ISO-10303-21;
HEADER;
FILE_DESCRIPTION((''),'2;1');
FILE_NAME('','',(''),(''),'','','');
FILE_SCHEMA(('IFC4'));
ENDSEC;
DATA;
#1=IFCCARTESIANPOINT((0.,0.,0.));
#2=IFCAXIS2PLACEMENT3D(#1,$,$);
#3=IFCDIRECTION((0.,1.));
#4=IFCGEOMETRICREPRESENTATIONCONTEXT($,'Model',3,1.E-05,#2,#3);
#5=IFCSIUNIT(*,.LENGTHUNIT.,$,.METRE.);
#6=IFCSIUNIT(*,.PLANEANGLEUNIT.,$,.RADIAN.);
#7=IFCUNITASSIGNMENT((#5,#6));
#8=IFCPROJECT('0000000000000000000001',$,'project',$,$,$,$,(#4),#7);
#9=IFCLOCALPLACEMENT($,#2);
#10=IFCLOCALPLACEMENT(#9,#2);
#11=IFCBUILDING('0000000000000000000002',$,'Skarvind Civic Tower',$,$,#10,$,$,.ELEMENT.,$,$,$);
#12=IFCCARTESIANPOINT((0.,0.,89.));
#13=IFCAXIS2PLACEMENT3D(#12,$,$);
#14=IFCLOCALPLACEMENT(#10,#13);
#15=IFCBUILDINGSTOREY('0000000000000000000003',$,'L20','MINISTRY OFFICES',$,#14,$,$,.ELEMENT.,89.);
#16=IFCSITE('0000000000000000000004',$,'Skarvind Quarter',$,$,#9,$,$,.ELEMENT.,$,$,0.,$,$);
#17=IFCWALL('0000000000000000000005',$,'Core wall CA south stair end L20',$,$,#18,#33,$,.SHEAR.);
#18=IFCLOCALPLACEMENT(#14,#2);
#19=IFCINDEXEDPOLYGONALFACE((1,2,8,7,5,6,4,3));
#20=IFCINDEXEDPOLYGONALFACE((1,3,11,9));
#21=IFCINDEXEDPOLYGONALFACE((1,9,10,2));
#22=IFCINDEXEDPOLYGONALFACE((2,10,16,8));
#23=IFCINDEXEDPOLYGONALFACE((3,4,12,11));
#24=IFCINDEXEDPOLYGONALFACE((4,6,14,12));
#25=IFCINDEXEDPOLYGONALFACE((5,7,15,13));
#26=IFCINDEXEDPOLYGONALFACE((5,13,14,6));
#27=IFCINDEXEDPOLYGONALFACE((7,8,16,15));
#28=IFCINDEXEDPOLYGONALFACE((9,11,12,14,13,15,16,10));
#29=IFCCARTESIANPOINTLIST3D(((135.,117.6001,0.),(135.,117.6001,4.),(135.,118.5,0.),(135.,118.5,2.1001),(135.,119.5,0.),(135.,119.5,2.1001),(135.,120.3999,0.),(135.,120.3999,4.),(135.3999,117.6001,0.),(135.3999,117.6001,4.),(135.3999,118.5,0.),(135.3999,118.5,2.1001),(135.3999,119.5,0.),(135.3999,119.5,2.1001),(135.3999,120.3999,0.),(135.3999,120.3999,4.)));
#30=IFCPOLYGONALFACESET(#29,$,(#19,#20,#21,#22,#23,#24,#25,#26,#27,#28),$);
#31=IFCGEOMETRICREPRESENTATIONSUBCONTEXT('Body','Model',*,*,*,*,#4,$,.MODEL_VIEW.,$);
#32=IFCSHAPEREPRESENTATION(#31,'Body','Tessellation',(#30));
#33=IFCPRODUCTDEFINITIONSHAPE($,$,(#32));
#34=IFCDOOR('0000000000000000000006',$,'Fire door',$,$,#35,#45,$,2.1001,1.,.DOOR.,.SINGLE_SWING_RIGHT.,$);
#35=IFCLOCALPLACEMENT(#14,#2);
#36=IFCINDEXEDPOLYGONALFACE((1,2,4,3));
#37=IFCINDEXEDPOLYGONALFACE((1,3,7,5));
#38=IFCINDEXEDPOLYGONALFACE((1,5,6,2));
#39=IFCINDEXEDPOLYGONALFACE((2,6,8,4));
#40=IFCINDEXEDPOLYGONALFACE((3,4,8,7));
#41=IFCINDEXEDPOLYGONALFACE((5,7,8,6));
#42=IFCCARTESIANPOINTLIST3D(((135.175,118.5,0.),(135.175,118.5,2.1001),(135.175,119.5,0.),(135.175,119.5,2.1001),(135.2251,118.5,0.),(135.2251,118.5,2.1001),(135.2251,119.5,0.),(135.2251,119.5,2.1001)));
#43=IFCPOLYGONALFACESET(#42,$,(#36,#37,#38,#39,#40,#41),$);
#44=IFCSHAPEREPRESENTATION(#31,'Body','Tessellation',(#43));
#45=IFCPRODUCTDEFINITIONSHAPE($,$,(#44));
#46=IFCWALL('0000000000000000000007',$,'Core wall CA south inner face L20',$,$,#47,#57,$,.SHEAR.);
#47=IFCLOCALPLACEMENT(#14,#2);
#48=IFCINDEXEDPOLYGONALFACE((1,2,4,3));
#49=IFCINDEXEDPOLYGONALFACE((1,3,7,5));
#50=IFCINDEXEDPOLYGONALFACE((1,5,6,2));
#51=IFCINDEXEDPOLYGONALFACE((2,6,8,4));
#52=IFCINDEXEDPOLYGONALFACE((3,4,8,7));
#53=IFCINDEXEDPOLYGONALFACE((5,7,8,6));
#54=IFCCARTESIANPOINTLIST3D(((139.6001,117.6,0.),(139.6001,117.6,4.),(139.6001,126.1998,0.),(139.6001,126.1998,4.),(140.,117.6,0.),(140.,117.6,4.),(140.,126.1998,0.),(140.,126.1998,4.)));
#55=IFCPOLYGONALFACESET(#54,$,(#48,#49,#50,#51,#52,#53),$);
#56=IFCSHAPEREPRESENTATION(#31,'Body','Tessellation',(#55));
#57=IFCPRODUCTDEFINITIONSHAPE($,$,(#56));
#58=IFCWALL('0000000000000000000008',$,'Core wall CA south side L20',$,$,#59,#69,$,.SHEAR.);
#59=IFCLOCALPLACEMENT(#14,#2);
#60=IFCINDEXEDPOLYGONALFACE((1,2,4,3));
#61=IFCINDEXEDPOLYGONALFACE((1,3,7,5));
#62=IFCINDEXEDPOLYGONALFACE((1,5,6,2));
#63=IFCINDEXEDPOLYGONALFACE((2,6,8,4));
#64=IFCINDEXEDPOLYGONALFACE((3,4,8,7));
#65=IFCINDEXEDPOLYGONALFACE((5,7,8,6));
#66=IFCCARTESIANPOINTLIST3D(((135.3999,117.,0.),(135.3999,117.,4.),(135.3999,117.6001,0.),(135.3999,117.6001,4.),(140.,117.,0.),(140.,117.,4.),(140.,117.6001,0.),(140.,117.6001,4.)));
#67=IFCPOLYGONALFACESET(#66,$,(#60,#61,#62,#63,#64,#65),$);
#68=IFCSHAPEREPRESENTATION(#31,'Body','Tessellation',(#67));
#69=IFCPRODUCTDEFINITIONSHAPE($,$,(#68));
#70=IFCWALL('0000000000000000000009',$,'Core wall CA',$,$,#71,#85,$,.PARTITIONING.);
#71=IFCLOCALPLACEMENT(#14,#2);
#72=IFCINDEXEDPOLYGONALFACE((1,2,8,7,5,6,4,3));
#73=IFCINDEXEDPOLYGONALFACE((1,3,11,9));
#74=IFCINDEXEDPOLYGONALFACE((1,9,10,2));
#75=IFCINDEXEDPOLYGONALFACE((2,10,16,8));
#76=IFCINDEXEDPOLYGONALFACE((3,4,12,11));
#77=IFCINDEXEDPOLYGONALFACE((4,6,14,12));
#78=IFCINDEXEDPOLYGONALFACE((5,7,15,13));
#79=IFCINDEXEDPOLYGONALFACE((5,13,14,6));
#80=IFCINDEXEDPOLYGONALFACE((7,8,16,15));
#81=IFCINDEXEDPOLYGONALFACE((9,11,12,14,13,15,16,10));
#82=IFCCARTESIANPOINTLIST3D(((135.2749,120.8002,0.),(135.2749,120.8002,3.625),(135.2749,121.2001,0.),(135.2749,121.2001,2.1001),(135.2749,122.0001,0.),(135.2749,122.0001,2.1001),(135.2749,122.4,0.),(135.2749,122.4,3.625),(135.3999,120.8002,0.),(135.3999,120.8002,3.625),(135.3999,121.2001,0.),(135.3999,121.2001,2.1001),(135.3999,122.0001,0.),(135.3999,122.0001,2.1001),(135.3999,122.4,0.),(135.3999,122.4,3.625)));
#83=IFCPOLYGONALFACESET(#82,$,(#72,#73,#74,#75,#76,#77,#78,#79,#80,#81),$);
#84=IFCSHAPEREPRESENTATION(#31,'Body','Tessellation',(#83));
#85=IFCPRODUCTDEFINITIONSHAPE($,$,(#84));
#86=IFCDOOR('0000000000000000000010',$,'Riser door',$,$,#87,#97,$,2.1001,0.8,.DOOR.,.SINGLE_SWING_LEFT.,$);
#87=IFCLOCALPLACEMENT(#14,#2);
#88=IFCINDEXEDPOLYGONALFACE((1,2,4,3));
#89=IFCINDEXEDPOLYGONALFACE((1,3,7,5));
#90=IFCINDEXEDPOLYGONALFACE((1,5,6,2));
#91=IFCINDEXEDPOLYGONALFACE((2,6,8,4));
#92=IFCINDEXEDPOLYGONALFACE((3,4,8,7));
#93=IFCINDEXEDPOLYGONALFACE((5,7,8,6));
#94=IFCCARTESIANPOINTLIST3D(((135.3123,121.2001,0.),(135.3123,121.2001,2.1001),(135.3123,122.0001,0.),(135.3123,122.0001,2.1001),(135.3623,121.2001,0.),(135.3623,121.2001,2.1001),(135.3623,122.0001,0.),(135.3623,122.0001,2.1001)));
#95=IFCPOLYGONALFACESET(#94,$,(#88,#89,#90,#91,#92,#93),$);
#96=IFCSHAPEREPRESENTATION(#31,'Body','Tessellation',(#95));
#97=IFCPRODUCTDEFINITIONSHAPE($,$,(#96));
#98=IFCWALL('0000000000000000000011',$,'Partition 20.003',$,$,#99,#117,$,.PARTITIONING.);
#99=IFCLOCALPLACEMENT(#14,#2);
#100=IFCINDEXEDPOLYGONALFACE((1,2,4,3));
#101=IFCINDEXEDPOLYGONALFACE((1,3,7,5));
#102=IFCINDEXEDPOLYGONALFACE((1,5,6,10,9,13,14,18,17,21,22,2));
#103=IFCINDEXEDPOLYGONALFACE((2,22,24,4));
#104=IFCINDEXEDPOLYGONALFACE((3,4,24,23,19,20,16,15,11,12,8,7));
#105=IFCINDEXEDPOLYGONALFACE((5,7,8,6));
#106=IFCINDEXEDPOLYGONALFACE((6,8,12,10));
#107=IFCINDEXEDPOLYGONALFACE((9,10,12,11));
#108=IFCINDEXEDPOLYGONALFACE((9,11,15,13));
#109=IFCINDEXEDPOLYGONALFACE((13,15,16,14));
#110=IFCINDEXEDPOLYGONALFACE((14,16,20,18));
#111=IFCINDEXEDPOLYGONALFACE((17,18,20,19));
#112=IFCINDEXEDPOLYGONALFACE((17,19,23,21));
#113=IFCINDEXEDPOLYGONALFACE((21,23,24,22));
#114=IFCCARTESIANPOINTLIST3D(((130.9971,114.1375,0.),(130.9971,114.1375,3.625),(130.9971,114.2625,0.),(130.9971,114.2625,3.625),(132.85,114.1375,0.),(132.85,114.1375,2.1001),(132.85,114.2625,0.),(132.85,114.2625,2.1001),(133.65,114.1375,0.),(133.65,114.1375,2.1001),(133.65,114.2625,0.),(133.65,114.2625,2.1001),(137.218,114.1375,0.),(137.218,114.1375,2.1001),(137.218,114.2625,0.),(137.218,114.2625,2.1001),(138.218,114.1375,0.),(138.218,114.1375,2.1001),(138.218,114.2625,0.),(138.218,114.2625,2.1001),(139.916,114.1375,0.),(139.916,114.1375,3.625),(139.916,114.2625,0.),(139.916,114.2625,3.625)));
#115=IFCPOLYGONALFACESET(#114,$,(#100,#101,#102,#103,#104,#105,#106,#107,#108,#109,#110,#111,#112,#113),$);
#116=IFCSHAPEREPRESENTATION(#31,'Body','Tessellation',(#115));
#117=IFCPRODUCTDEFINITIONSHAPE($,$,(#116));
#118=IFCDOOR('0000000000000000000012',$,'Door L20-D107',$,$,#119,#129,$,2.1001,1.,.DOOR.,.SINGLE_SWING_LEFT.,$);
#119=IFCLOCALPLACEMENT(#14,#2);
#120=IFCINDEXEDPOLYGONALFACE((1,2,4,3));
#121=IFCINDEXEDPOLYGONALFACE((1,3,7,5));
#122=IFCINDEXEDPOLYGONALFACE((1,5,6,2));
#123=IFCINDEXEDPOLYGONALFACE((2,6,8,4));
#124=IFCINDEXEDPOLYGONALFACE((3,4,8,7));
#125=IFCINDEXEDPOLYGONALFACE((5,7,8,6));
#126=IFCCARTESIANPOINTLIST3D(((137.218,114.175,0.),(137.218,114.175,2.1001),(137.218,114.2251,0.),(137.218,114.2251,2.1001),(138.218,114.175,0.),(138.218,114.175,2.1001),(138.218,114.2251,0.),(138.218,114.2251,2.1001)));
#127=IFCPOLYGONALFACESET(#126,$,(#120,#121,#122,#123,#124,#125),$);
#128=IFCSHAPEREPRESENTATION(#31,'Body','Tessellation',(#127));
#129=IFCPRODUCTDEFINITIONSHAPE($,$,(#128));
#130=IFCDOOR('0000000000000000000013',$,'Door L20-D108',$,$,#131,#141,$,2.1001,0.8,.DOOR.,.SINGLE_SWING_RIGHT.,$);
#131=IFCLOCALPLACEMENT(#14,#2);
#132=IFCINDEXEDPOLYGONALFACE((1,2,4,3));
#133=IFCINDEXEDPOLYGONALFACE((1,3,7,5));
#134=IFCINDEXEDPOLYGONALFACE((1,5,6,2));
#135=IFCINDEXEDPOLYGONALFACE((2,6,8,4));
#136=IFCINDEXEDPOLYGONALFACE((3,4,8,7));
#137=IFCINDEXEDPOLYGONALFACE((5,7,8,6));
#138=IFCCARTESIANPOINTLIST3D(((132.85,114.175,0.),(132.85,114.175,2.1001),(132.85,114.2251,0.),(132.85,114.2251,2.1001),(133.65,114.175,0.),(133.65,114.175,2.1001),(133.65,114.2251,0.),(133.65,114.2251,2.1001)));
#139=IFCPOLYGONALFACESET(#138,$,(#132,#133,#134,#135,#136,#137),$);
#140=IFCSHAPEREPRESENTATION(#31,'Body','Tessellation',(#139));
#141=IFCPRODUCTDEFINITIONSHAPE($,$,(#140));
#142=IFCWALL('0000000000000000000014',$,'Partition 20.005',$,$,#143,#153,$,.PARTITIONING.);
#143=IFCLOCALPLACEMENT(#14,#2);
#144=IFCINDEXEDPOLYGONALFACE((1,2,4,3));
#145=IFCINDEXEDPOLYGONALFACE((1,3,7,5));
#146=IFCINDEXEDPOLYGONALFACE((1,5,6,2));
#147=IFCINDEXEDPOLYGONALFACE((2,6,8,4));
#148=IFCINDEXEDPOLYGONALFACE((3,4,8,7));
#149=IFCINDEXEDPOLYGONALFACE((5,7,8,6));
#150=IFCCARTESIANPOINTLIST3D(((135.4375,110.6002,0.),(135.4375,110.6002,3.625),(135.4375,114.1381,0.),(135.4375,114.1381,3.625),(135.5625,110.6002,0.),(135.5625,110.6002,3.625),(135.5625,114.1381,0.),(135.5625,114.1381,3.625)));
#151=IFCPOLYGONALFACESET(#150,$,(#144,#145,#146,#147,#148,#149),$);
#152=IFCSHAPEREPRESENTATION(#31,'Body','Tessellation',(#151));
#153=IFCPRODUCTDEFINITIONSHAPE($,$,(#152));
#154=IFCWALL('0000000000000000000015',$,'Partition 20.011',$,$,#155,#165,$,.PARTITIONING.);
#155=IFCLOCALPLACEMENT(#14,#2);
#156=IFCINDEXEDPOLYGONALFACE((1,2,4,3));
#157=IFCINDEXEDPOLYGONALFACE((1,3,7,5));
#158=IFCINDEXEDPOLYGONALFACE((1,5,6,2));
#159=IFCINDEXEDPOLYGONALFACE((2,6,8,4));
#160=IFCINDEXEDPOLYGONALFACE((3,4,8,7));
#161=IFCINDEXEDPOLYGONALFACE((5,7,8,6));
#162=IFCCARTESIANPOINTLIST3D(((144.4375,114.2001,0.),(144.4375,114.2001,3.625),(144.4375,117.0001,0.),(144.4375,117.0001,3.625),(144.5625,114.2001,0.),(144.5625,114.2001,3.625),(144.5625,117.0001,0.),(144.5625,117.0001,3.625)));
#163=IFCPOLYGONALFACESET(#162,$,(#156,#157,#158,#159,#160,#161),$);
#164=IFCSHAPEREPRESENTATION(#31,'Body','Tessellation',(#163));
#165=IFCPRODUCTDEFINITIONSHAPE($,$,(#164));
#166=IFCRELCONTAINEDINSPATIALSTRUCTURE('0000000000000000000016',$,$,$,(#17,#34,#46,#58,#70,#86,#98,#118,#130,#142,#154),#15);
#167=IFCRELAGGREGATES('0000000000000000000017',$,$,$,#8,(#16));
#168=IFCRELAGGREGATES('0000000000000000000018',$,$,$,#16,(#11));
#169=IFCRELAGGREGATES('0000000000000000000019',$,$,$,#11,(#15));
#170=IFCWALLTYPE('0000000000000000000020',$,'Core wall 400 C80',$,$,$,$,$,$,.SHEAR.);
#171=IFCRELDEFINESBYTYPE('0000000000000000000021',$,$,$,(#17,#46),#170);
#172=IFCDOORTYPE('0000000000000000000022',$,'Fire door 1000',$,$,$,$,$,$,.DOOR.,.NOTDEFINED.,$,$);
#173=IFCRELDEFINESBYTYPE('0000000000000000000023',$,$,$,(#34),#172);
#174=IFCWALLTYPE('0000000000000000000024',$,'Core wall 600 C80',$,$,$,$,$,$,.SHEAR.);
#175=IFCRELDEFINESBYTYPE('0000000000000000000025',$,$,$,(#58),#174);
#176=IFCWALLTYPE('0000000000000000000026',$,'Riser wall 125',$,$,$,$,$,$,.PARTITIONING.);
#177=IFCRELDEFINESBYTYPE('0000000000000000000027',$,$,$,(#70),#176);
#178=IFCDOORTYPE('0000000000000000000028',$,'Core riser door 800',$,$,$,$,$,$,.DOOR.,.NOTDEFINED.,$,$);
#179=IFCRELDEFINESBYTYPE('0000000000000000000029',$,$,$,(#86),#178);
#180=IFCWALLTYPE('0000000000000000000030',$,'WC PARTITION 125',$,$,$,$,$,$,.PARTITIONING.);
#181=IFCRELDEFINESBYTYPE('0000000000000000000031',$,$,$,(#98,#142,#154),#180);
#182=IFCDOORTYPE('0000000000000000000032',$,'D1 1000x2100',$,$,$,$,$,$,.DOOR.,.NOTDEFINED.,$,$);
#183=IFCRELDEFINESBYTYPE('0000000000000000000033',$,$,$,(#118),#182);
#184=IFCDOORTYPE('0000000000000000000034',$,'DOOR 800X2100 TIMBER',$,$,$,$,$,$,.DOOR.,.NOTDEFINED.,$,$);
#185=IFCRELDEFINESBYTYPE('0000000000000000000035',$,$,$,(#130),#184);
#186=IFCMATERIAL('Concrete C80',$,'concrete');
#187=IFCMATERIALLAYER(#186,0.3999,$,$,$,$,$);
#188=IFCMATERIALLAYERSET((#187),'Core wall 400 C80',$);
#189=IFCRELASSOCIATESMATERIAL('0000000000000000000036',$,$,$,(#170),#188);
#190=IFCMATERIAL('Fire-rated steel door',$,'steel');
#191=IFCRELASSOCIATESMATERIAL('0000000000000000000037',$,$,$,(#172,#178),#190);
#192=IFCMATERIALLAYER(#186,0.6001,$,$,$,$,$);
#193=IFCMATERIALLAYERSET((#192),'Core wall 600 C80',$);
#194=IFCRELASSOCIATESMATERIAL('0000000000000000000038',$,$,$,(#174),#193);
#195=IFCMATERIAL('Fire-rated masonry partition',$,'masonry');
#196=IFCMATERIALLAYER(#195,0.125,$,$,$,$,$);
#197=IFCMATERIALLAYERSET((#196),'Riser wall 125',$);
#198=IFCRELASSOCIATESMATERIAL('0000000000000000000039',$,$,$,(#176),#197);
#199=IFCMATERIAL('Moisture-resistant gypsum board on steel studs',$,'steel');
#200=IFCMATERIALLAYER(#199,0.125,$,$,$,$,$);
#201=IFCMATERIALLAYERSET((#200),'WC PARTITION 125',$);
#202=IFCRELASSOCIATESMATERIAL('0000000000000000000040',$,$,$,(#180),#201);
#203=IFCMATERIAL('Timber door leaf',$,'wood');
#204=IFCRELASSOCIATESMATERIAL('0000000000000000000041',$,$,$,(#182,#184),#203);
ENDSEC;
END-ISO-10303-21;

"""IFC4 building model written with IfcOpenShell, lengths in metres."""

from ifc_helpers import new_model, si_unit, direction, frame, frame_2d, origin, place, context, subcontext, project, spatial, rectangle, extrude, material, layer, layer_set, type_object, element, fill, save


model = new_model("IFC4")

# Units and contexts
model_context = context("Model", 3, precision=1e-05, world=origin(), true_north=direction((0.0, 1.0)))
body_context = subcontext(model_context, "Body", "Model", "MODEL_VIEW")
ifc_project = project(units=[si_unit("LENGTHUNIT", "METRE"), si_unit("PLANEANGLEUNIT", "RADIAN")], contexts=[model_context])

# Site, building, storey
site_placement = place(None, origin())
site = spatial("IfcSite", under=ifc_project, at=site_placement, Name="Skarvind Quarter", CompositionType="ELEMENT", RefElevation=0.0)
building_placement = place(site_placement, origin())
building = spatial("IfcBuilding", under=site, at=building_placement, Name="Skarvind Civic Tower", CompositionType="ELEMENT")
storey_placement = place(building_placement, frame((0.0, 0.0, 89.0)))
storey = spatial("IfcBuildingStorey", under=building, at=storey_placement, Name="L20", Description="MINISTRY OFFICES", CompositionType="ELEMENT", Elevation=89.0)

# Shared definitions
ifc_material_1 = material(Name="Timber door leaf", Category="wood")

# Wall, opening, door
ifc_material_2 = material(Name="Fire-rated masonry partition", Category="masonry")
ifc_material_3 = material(Name="Fire-rated steel door", Category="steel")
ifc_material_4 = material(Name="Concrete C80", Category="concrete")
ifc_layer_1 = layer(ifc_material_4, 0.3999)
ifc_layer_set_1 = layer_set([ifc_layer_1], Name="Core wall 400 C80")
wall_type_1 = type_object("IfcWallType", Name="Core wall 400 C80", PredefinedType="SHEAR", material=ifc_layer_set_1)
wall_1_placement = place(storey_placement, frame((135.2, 117.6001, 0.0), z_axis=(0.0, 0.0, 1.0), x_axis=(0.0, 1.0, 0.0)))
wall_1 = element("IfcWall", 1, at=wall_1_placement, inside=storey, type_object=wall_type_1, Name="Core wall CA south stair end L20", PredefinedType="SHEAR", context=body_context, shape_type="SweptSolid", body=[
    extrude(rectangle(XDim=2.7998, YDim=0.3999, at=frame_2d((1.3999, 0.0))), origin(), (0.0, 0.0, 1.0), 4.0),
])
opening_1_placement = place(wall_1_placement, frame((0.8999, 0.0, 0.0)))
opening_1 = element("IfcOpeningElement", 2, at=opening_1_placement, cuts=wall_1, PredefinedType="OPENING", context=body_context, shape_type="SweptSolid", body=[
    extrude(rectangle(XDim=1.0, YDim=2.1001, at=frame_2d((0.5, 1.05))), frame((0.0, 0.21, 0.0), z_axis=(0.0, -1.0, 0.0), x_axis=(1.0, 0.0, 0.0)), (0.0, 0.0, 1.0), 0.4199),
])
door_type_1 = type_object("IfcDoorType", Name="Fire door 1000", OperationType="NOTDEFINED", PredefinedType="DOOR", material=ifc_material_3)
door_1_placement = place(opening_1_placement, origin())
door_1 = element("IfcDoor", 3, at=door_1_placement, inside=storey, type_object=door_type_1, Name="Fire door", OperationType="SINGLE_SWING_RIGHT", OverallHeight=2.1001, OverallWidth=1.0, PredefinedType="DOOR", context=body_context, shape_type="SweptSolid", body=[
    extrude(rectangle(XDim=1.0, YDim=2.1001, at=frame_2d((0.5, 1.05))), frame((0.0, 0.0249, 0.0), z_axis=(0.0, -1.0, 0.0), x_axis=(1.0, 0.0, 0.0)), (0.0, 0.0, 1.0), 0.05),
])
fill(opening_1, door_1)

# Walls
wall_2_placement = place(storey_placement, frame((139.8, 117.6001, 0.0), z_axis=(0.0, 0.0, 1.0), x_axis=(0.0, 1.0, 0.0)))
element("IfcWall", 4, at=wall_2_placement, inside=storey, type_object=wall_type_1, Name="Core wall CA south inner face L20", PredefinedType="SHEAR", context=body_context, shape_type="SweptSolid", body=[
    extrude(rectangle(XDim=8.5999, YDim=0.3999, at=frame_2d((4.2998, 0.0))), origin(), (0.0, 0.0, 1.0), 4.0),
])
ifc_layer_2 = layer(ifc_material_4, 0.6001)
ifc_layer_set_2 = layer_set([ifc_layer_2], Name="Core wall 600 C80")
wall_type_2 = type_object("IfcWallType", Name="Core wall 600 C80", PredefinedType="SHEAR", material=ifc_layer_set_2)
wall_3_placement = place(storey_placement, frame((135.3999, 117.3, 0.0), z_axis=(0.0, 0.0, 1.0), x_axis=(1.0, 0.0, 0.0)))
element("IfcWall", 5, at=wall_3_placement, inside=storey, type_object=wall_type_2, Name="Core wall CA south side L20", PredefinedType="SHEAR", context=body_context, shape_type="SweptSolid", body=[
    extrude(rectangle(XDim=4.6001, YDim=0.6001, at=frame_2d((2.3, 0.0))), origin(), (0.0, 0.0, 1.0), 4.0),
])

# Wall, opening, door
ifc_layer_3 = layer(ifc_material_2, 0.125)
ifc_layer_set_3 = layer_set([ifc_layer_3], Name="Riser wall 125")
wall_type_3 = type_object("IfcWallType", Name="Riser wall 125", PredefinedType="PARTITIONING", material=ifc_layer_set_3)
wall_4_placement = place(storey_placement, frame((135.3374, 122.3999, 0.0), z_axis=(0.0, 0.0, 1.0), x_axis=(0.0, -1.0, 0.0)))
wall_4 = element("IfcWall", 6, at=wall_4_placement, inside=storey, type_object=wall_type_3, Name="Core wall CA", PredefinedType="PARTITIONING", context=body_context, shape_type="SweptSolid", body=[
    extrude(rectangle(XDim=1.5999, YDim=0.125, at=frame_2d((0.7998, 0.0))), origin(), (0.0, 0.0, 1.0), 3.625),
])
opening_2_placement = place(wall_4_placement, frame((0.3999, 0.0, 0.0)))
opening_2 = element("IfcOpeningElement", 7, at=opening_2_placement, cuts=wall_4, PredefinedType="OPENING", context=body_context, shape_type="SweptSolid", body=[
    extrude(rectangle(XDim=0.8, YDim=2.1001, at=frame_2d((0.3999, 1.05))), frame((0.0, 0.0725, 0.0), z_axis=(0.0, -1.0, 0.0), x_axis=(1.0, 0.0, 0.0)), (0.0, 0.0, 1.0), 0.145),
])
door_type_2 = type_object("IfcDoorType", Name="Core riser door 800", OperationType="NOTDEFINED", PredefinedType="DOOR", material=ifc_material_3)
door_2_placement = place(opening_2_placement, origin())
door_2 = element("IfcDoor", 8, at=door_2_placement, inside=storey, type_object=door_type_2, Name="Riser door", OperationType="SINGLE_SWING_LEFT", OverallHeight=2.1001, OverallWidth=0.8, PredefinedType="DOOR", context=body_context, shape_type="SweptSolid", body=[
    extrude(rectangle(XDim=0.8, YDim=2.1001, at=frame_2d((0.3999, 1.05))), frame((0.0, 0.0249, 0.0), z_axis=(0.0, -1.0, 0.0), x_axis=(1.0, 0.0, 0.0)), (0.0, 0.0, 1.0), 0.05),
])
fill(opening_2, door_2)

# Wall, openings, doors
ifc_material_5 = material(Name="Moisture-resistant gypsum board on steel studs", Category="steel")
ifc_layer_4 = layer(ifc_material_5, 0.125)
ifc_layer_set_4 = layer_set([ifc_layer_4], Name="WC PARTITION 125")
wall_type_4 = type_object("IfcWallType", Name="WC PARTITION 125", PredefinedType="PARTITIONING", material=ifc_layer_set_4)
wall_5_placement = place(storey_placement, frame((139.916, 114.2, 0.0), z_axis=(0.0, 0.0, 1.0), x_axis=(-1.0, 0.0, 0.0)))
wall_5 = element("IfcWall", 9, at=wall_5_placement, inside=storey, type_object=wall_type_4, Name="Partition 20.003", PredefinedType="PARTITIONING", context=body_context, shape_type="SweptSolid", body=[
    extrude(rectangle(XDim=8.9189, YDim=0.125, at=frame_2d((4.4595, 0.0))), origin(), (0.0, 0.0, 1.0), 3.625),
])
opening_3_placement = place(wall_5_placement, frame((1.698, 0.0, 0.0)))
opening_3 = element("IfcOpeningElement", 10, at=opening_3_placement, cuts=wall_5, PredefinedType="OPENING", context=body_context, shape_type="SweptSolid", body=[
    extrude(rectangle(XDim=1.0, YDim=2.1001, at=frame_2d((0.5, 1.05))), frame((0.0, 0.0725, 0.0), z_axis=(0.0, -1.0, 0.0), x_axis=(1.0, 0.0, 0.0)), (0.0, 0.0, 1.0), 0.145),
])
opening_4_placement = place(wall_5_placement, frame((6.2661, 0.0, 0.0)))
opening_4 = element("IfcOpeningElement", 11, at=opening_4_placement, cuts=wall_5, PredefinedType="OPENING", context=body_context, shape_type="SweptSolid", body=[
    extrude(rectangle(XDim=0.8, YDim=2.1001, at=frame_2d((0.3999, 1.05))), frame((0.0, 0.0725, 0.0), z_axis=(0.0, -1.0, 0.0), x_axis=(1.0, 0.0, 0.0)), (0.0, 0.0, 1.0), 0.145),
])
door_type_3 = type_object("IfcDoorType", Name="D1 1000x2100", OperationType="NOTDEFINED", PredefinedType="DOOR", material=ifc_material_1)
door_3_placement = place(opening_3_placement, origin())
door_3 = element("IfcDoor", 12, at=door_3_placement, inside=storey, type_object=door_type_3, Name="Door L20-D107", OperationType="SINGLE_SWING_LEFT", OverallHeight=2.1001, OverallWidth=1.0, PredefinedType="DOOR", context=body_context, shape_type="SweptSolid", body=[
    extrude(rectangle(XDim=1.0, YDim=2.1001, at=frame_2d((0.5, 1.05))), frame((0.0, 0.0249, 0.0), z_axis=(0.0, -1.0, 0.0), x_axis=(1.0, 0.0, 0.0)), (0.0, 0.0, 1.0), 0.05),
])
fill(opening_3, door_3)
door_type_4 = type_object("IfcDoorType", Name="DOOR 800X2100 TIMBER", OperationType="NOTDEFINED", PredefinedType="DOOR", material=ifc_material_1)
door_4_placement = place(opening_4_placement, origin())
door_4 = element("IfcDoor", 13, at=door_4_placement, inside=storey, type_object=door_type_4, Name="Door L20-D108", OperationType="SINGLE_SWING_RIGHT", OverallHeight=2.1001, OverallWidth=0.8, PredefinedType="DOOR", context=body_context, shape_type="SweptSolid", body=[
    extrude(rectangle(XDim=0.8, YDim=2.1001, at=frame_2d((0.3999, 1.05))), frame((0.0, 0.0249, 0.0), z_axis=(0.0, -1.0, 0.0), x_axis=(1.0, 0.0, 0.0)), (0.0, 0.0, 1.0), 0.05),
])
fill(opening_4, door_4)

# Walls
wall_6_placement = place(storey_placement, frame((135.5, 110.6001, 0.0), z_axis=(0.0, 0.0, 1.0), x_axis=(0.0, 1.0, 0.0)))
element("IfcWall", 14, at=wall_6_placement, inside=storey, type_object=wall_type_4, Name="Partition 20.005", PredefinedType="PARTITIONING", context=body_context, shape_type="SweptSolid", body=[
    extrude(rectangle(XDim=3.5378, YDim=0.125, at=frame_2d((1.769, 0.0))), origin(), (0.0, 0.0, 1.0), 3.625),
])
wall_7_placement = place(storey_placement, frame((144.5, 117.0, 0.0), z_axis=(0.0, 0.0, 1.0), x_axis=(0.0, -1.0, 0.0)))
element("IfcWall", 15, at=wall_7_placement, inside=storey, type_object=wall_type_4, Name="Partition 20.011", PredefinedType="PARTITIONING", context=body_context, shape_type="SweptSolid", body=[
    extrude(rectangle(XDim=2.8, YDim=0.125, at=frame_2d((1.3999, 0.0))), origin(), (0.0, 0.0, 1.0), 3.625),
])

save(model, "model.ifc")
